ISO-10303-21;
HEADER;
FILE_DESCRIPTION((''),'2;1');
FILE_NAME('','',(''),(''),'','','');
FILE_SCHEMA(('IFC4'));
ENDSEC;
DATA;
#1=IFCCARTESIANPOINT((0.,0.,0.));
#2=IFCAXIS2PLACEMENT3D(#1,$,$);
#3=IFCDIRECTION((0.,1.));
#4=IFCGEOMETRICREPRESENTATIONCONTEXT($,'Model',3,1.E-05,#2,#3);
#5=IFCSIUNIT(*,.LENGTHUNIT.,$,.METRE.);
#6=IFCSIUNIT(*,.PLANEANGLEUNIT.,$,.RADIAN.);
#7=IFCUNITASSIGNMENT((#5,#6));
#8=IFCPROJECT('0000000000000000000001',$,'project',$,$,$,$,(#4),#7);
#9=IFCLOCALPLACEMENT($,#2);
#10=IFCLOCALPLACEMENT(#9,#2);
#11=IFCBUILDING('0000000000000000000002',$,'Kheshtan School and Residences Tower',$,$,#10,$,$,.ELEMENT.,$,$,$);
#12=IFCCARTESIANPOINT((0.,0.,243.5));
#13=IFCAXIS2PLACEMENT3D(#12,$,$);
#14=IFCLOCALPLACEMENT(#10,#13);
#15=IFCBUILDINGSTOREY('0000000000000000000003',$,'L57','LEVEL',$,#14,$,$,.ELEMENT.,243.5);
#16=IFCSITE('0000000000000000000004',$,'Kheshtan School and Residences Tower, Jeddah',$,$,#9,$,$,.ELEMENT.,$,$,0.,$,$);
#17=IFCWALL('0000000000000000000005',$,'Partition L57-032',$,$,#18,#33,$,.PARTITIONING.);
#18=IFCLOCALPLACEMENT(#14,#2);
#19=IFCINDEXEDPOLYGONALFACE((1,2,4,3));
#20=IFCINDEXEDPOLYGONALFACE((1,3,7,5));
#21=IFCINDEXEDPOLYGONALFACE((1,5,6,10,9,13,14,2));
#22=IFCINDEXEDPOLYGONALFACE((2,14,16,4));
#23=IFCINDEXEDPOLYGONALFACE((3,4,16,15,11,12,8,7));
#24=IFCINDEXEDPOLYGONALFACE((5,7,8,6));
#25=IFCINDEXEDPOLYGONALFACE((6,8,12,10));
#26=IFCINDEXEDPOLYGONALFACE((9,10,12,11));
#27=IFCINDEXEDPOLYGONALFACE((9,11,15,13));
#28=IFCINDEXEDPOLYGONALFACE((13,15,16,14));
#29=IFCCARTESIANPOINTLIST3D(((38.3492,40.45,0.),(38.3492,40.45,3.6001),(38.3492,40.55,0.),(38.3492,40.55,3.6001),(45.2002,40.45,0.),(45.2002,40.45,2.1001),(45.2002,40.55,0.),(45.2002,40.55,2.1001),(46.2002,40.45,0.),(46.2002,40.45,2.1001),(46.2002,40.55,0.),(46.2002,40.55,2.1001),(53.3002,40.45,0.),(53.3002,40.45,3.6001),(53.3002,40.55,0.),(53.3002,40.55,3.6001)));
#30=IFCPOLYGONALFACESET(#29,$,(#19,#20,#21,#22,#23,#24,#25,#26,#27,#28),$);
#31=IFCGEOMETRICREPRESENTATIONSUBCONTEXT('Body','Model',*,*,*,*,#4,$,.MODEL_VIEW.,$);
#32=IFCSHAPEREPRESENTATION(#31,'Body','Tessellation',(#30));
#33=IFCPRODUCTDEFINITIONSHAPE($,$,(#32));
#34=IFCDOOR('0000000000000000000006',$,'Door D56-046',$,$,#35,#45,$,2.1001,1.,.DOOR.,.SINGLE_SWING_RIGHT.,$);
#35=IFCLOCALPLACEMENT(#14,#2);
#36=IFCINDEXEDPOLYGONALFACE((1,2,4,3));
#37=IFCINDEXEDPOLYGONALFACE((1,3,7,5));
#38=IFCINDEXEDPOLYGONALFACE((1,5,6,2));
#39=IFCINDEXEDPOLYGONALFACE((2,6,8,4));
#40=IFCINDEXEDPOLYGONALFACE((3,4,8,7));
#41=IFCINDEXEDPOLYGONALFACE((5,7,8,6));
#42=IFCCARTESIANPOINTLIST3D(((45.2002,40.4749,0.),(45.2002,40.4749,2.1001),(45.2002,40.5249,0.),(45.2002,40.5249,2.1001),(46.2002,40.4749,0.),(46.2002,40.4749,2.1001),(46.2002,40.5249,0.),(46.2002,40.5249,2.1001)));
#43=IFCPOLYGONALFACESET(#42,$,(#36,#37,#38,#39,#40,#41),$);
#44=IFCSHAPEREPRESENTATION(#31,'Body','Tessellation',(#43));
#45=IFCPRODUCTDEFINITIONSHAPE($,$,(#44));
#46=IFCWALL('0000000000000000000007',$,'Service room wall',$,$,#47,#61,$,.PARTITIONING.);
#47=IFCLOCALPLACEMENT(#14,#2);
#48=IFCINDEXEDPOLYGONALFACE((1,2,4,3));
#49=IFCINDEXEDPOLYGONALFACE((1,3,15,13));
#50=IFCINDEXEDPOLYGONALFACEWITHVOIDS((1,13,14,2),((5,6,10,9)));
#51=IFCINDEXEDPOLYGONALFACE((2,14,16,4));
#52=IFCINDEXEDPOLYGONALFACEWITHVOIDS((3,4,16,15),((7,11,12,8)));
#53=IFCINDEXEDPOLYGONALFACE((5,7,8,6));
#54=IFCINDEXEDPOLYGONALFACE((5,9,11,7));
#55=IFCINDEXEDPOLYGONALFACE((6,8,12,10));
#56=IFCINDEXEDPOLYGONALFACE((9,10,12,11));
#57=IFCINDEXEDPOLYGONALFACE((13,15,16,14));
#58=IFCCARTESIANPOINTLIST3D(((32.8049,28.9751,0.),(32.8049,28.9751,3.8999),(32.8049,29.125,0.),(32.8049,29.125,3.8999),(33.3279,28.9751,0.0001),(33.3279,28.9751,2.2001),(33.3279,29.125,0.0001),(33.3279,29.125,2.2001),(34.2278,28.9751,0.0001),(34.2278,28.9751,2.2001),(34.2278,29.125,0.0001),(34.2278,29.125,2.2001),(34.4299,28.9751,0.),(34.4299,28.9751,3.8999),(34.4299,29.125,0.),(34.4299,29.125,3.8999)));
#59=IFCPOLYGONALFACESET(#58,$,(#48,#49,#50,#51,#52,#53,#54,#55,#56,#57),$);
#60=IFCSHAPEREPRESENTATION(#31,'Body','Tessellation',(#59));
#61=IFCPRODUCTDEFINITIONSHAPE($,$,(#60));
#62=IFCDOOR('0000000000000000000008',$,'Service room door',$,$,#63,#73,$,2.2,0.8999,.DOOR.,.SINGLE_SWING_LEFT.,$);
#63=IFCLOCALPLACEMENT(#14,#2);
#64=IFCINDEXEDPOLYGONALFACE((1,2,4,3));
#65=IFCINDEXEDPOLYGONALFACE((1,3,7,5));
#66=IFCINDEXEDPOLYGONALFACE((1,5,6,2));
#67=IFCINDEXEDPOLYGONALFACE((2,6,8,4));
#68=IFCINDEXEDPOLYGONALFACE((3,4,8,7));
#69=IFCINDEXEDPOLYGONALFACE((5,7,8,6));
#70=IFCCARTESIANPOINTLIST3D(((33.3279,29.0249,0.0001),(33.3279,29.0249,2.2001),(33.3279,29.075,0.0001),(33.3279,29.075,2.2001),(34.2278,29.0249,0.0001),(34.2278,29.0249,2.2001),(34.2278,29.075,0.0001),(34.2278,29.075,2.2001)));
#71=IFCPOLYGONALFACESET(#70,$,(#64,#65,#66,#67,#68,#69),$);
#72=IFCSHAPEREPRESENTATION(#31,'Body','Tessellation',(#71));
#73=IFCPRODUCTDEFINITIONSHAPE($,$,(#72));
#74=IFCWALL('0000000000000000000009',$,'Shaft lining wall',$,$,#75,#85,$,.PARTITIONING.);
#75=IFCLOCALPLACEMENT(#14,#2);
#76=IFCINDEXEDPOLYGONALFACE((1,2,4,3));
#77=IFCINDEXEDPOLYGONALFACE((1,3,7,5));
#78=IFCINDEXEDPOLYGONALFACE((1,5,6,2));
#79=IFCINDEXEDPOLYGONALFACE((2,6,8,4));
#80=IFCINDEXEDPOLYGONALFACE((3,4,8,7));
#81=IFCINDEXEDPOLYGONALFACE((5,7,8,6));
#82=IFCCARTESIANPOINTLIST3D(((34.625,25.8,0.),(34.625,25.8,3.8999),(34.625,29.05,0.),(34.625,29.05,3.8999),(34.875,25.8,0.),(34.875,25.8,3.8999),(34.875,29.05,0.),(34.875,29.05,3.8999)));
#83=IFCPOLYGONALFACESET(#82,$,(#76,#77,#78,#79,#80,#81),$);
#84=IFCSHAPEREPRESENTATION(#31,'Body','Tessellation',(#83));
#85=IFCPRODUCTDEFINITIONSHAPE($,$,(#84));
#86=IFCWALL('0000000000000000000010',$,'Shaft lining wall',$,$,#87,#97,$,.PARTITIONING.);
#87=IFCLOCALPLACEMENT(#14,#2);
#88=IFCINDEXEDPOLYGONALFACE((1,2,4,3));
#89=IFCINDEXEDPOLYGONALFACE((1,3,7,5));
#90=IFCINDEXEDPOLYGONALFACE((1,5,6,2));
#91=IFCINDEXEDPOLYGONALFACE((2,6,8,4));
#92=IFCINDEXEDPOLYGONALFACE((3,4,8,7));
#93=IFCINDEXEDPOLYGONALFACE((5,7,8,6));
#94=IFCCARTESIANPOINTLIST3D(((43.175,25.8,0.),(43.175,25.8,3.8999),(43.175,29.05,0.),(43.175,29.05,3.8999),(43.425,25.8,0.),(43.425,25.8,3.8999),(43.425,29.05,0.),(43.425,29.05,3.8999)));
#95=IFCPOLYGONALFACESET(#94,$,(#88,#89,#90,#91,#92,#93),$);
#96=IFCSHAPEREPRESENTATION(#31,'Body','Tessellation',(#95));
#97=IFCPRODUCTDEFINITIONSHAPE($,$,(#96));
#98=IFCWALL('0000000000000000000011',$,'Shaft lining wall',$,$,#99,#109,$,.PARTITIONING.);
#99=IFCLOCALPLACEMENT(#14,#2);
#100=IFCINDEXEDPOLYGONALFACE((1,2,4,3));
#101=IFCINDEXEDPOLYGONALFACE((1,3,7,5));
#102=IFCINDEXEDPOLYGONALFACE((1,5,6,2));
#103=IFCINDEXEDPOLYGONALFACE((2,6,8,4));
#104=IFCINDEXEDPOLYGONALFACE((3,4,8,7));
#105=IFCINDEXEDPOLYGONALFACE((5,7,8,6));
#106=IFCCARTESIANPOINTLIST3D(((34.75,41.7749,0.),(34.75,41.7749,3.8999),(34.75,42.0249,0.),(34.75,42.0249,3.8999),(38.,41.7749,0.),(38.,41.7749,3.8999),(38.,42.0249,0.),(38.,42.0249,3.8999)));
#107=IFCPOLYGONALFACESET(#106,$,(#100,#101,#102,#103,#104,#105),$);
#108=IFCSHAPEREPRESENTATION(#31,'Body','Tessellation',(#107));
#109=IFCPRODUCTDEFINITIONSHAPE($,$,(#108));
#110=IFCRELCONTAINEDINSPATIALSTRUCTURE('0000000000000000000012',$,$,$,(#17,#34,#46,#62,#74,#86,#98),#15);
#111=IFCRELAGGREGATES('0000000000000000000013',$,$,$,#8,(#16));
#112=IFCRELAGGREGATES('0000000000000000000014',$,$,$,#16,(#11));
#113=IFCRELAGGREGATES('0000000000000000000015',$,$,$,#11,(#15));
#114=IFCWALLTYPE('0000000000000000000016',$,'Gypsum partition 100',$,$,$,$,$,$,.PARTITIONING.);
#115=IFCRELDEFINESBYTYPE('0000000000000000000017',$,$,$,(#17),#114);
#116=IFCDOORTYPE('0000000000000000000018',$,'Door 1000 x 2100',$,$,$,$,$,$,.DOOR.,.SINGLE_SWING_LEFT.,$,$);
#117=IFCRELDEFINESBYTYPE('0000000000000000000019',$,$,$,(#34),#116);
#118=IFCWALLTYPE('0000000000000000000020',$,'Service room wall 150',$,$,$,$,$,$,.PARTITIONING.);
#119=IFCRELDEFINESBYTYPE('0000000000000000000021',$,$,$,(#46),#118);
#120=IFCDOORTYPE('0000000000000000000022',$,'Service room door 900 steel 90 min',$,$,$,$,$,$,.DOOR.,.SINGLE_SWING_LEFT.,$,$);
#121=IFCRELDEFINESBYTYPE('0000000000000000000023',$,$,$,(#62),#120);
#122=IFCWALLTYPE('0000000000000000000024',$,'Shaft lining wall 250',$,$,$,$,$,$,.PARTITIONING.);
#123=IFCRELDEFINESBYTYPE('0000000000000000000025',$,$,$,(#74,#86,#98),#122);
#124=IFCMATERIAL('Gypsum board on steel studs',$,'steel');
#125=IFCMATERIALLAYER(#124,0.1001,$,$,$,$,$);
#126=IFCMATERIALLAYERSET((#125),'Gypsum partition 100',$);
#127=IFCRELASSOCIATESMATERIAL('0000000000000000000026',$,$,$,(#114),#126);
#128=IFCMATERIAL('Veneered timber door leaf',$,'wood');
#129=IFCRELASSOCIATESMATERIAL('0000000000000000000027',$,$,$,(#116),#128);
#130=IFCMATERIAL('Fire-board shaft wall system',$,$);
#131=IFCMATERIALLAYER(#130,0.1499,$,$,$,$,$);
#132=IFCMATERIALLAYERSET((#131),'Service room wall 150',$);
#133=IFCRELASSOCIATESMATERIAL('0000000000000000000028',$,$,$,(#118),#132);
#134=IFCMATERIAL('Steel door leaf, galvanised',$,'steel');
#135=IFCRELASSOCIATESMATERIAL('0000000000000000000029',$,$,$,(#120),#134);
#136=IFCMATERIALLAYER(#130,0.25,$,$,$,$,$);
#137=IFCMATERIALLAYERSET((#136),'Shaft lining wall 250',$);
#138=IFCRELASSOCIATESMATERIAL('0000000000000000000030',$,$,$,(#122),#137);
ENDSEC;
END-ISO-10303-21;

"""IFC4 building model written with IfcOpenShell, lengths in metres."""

from ifc_helpers import new_model, si_unit, direction, frame, frame_2d, origin, place, context, subcontext, project, spatial, rectangle, extrude, source, transform, mapped, material, layer, layer_set, type_object, element, fill, save


model = new_model("IFC4")

# Units and contexts
model_context = context("Model", 3, precision=1e-05, world=origin(), true_north=direction((0.0, 1.0)))
body_context = subcontext(model_context, "Body", "Model", "MODEL_VIEW")
ifc_project = project(units=[si_unit("LENGTHUNIT", "METRE"), si_unit("PLANEANGLEUNIT", "RADIAN")], contexts=[model_context])

# Site, building, storey
site_placement = place(None, origin())
site = spatial("IfcSite", under=ifc_project, at=site_placement, Name="Kheshtan School and Residences Tower, Jeddah", CompositionType="ELEMENT", RefElevation=0.0)
building_placement = place(site_placement, origin())
building = spatial("IfcBuilding", under=site, at=building_placement, Name="Kheshtan School and Residences Tower", CompositionType="ELEMENT")
storey_placement = place(building_placement, frame((0.0, 0.0, 243.5)))
storey = spatial("IfcBuildingStorey", under=building, at=storey_placement, Name="L57", Description="LEVEL", CompositionType="ELEMENT", Elevation=243.5)

# Shared definitions
ifc_material_1 = material(Name="Steel door leaf, galvanised", Category="steel")

# Walls, openings, doors
ifc_material_2 = material(Name="Gypsum board on steel studs", Category="steel")
ifc_layer_1 = layer(ifc_material_2, 0.1001)
ifc_layer_set_1 = layer_set([ifc_layer_1], Name="Gypsum partition 100")
wall_type_1 = type_object("IfcWallType", Name="Gypsum partition 100", PredefinedType="PARTITIONING", material=ifc_layer_set_1)
wall_1_placement = place(storey_placement, frame((38.3491, 40.5, 0.0), z_axis=(0.0, 0.0, 1.0), x_axis=(1.0, 0.0, 0.0)))
wall_1 = element("IfcWall", 1, at=wall_1_placement, inside=storey, type_object=wall_type_1, Name="Partition L57-032", PredefinedType="PARTITIONING", context=body_context, shape_type="SweptSolid", body=[
    extrude(rectangle(XDim=14.9509, YDim=0.1001, at=frame_2d((7.4756, 0.0))), origin(), (0.0, 0.0, 1.0), 3.6001),
])
opening_1_placement = place(wall_1_placement, frame((6.8511, 0.0, 0.0)))
opening_1 = element("IfcOpeningElement", 2, at=opening_1_placement, cuts=wall_1, PredefinedType="OPENING", context=body_context, shape_type="SweptSolid", body=[
    extrude(rectangle(XDim=1.0, YDim=2.1001, at=frame_2d((0.5, 1.05))), frame((0.0, 0.0601, 0.0), z_axis=(0.0, -1.0, 0.0), x_axis=(1.0, 0.0, 0.0)), (0.0, 0.0, 1.0), 0.1201),
])
ifc_material_3 = material(Name="Veneered timber door leaf", Category="wood")
door_type_1 = type_object("IfcDoorType", Name="Door 1000 x 2100", OperationType="SINGLE_SWING_LEFT", PredefinedType="DOOR", material=ifc_material_3)
shared_shape_1 = source(origin(), body_context, "Body", "SweptSolid", [
    extrude(rectangle(XDim=1.0, YDim=2.1001, at=frame_2d((0.5, 1.05))), frame((0.0, 0.0249, 0.0), z_axis=(0.0, -1.0, 0.0), x_axis=(1.0, 0.0, 0.0)), (0.0, 0.0, 1.0), 0.05),
])
door_1_placement = place(opening_1_placement, origin())
door_1 = element("IfcDoor", 3, at=door_1_placement, inside=storey, type_object=door_type_1, Name="Door D56-046", OperationType="SINGLE_SWING_RIGHT", OverallHeight=2.1001, OverallWidth=1.0, PredefinedType="DOOR", context=body_context, shape_type="MappedRepresentation", body=[
    mapped(shared_shape_1, transform((0.0, 0.0, 0.0), x_axis=(1.0, 0.0, 0.0), y_axis=(0.0, 1.0, 0.0), z_axis=(0.0, 0.0, 1.0), scale=1.0)),
])
fill(opening_1, door_1)
ifc_material_4 = material(Name="Fire-board shaft wall system")
ifc_layer_2 = layer(ifc_material_4, 0.1499)
ifc_layer_set_2 = layer_set([ifc_layer_2], Name="Service room wall 150")
wall_type_2 = type_object("IfcWallType", Name="Service room wall 150", PredefinedType="PARTITIONING", material=ifc_layer_set_2)
wall_2_placement = place(storey_placement, frame((32.8049, 29.05, 0.0), z_axis=(0.0, 0.0, 1.0), x_axis=(1.0, 0.0, 0.0)))
wall_2 = element("IfcWall", 4, at=wall_2_placement, inside=storey, type_object=wall_type_2, Name="Service room wall", PredefinedType="PARTITIONING", context=body_context, shape_type="SweptSolid", body=[
    extrude(rectangle(XDim=1.625, YDim=0.1499, at=frame_2d((0.8125, 0.0))), origin(), (0.0, 0.0, 1.0), 3.8999),
])
opening_2_placement = place(wall_2_placement, frame((0.5229, 0.0, 0.0)))
opening_2 = element("IfcOpeningElement", 5, at=opening_2_placement, cuts=wall_2, PredefinedType="OPENING", context=body_context, shape_type="SweptSolid", body=[
    extrude(rectangle(XDim=0.8999, YDim=2.2, at=frame_2d((0.45, 1.1001))), frame((0.0, 0.085, 0.0), z_axis=(0.0, -1.0, 0.0), x_axis=(1.0, 0.0, 0.0)), (0.0, 0.0, 1.0), 0.1699),
])
door_type_2 = type_object("IfcDoorType", Name="Service room door 900 steel 90 min", OperationType="SINGLE_SWING_LEFT", PredefinedType="DOOR", material=ifc_material_1)
shared_shape_2 = source(origin(), body_context, "Body", "SweptSolid", [
    extrude(rectangle(XDim=0.8999, YDim=2.2, at=frame_2d((0.45, 1.1001))), frame((0.0, 0.0249, 0.0), z_axis=(0.0, -1.0, 0.0), x_axis=(1.0, 0.0, 0.0)), (0.0, 0.0, 1.0), 0.05),
])
door_2_placement = place(opening_2_placement, origin())
door_2 = element("IfcDoor", 6, at=door_2_placement, inside=storey, type_object=door_type_2, Name="Service room door", OperationType="SINGLE_SWING_LEFT", OverallHeight=2.2, OverallWidth=0.8999, PredefinedType="DOOR", context=body_context, shape_type="MappedRepresentation", body=[
    mapped(shared_shape_2, transform((0.0, 0.0, 0.0), x_axis=(1.0, 0.0, 0.0), y_axis=(0.0, 1.0, 0.0), z_axis=(0.0, 0.0, 1.0), scale=1.0)),
])
fill(opening_2, door_2)

# Walls
ifc_layer_3 = layer(ifc_material_4, 0.25)
ifc_layer_set_3 = layer_set([ifc_layer_3], Name="Shaft lining wall 250")
wall_type_3 = type_object("IfcWallType", Name="Shaft lining wall 250", PredefinedType="PARTITIONING", material=ifc_layer_set_3)
for number, where, z_axis, x_axis, name in (
    (7, (34.75, 25.8, 0.0), (0.0, 0.0, 1.0), (0.0, 1.0, 0.0), "Shaft lining wall"),
    (8, (43.3, 25.8, 0.0), (0.0, 0.0, 1.0), (0.0, 1.0, 0.0), "Shaft lining wall"),
    (9, (34.75, 41.8999, 0.0), (0.0, 0.0, 1.0), (1.0, 0.0, 0.0), "Shaft lining wall"),
):
    element("IfcWall", number, at=place(storey_placement, frame(where, z_axis=z_axis, x_axis=x_axis)), inside=storey, type_object=wall_type_3, Name=name, PredefinedType="PARTITIONING", context=body_context, shape_type="SweptSolid", body=[
        extrude(rectangle(XDim=3.25, YDim=0.25, at=frame_2d((1.625, 0.0))), origin(), (0.0, 0.0, 1.0), 3.8999),
    ])

save(model, "model.ifc")
